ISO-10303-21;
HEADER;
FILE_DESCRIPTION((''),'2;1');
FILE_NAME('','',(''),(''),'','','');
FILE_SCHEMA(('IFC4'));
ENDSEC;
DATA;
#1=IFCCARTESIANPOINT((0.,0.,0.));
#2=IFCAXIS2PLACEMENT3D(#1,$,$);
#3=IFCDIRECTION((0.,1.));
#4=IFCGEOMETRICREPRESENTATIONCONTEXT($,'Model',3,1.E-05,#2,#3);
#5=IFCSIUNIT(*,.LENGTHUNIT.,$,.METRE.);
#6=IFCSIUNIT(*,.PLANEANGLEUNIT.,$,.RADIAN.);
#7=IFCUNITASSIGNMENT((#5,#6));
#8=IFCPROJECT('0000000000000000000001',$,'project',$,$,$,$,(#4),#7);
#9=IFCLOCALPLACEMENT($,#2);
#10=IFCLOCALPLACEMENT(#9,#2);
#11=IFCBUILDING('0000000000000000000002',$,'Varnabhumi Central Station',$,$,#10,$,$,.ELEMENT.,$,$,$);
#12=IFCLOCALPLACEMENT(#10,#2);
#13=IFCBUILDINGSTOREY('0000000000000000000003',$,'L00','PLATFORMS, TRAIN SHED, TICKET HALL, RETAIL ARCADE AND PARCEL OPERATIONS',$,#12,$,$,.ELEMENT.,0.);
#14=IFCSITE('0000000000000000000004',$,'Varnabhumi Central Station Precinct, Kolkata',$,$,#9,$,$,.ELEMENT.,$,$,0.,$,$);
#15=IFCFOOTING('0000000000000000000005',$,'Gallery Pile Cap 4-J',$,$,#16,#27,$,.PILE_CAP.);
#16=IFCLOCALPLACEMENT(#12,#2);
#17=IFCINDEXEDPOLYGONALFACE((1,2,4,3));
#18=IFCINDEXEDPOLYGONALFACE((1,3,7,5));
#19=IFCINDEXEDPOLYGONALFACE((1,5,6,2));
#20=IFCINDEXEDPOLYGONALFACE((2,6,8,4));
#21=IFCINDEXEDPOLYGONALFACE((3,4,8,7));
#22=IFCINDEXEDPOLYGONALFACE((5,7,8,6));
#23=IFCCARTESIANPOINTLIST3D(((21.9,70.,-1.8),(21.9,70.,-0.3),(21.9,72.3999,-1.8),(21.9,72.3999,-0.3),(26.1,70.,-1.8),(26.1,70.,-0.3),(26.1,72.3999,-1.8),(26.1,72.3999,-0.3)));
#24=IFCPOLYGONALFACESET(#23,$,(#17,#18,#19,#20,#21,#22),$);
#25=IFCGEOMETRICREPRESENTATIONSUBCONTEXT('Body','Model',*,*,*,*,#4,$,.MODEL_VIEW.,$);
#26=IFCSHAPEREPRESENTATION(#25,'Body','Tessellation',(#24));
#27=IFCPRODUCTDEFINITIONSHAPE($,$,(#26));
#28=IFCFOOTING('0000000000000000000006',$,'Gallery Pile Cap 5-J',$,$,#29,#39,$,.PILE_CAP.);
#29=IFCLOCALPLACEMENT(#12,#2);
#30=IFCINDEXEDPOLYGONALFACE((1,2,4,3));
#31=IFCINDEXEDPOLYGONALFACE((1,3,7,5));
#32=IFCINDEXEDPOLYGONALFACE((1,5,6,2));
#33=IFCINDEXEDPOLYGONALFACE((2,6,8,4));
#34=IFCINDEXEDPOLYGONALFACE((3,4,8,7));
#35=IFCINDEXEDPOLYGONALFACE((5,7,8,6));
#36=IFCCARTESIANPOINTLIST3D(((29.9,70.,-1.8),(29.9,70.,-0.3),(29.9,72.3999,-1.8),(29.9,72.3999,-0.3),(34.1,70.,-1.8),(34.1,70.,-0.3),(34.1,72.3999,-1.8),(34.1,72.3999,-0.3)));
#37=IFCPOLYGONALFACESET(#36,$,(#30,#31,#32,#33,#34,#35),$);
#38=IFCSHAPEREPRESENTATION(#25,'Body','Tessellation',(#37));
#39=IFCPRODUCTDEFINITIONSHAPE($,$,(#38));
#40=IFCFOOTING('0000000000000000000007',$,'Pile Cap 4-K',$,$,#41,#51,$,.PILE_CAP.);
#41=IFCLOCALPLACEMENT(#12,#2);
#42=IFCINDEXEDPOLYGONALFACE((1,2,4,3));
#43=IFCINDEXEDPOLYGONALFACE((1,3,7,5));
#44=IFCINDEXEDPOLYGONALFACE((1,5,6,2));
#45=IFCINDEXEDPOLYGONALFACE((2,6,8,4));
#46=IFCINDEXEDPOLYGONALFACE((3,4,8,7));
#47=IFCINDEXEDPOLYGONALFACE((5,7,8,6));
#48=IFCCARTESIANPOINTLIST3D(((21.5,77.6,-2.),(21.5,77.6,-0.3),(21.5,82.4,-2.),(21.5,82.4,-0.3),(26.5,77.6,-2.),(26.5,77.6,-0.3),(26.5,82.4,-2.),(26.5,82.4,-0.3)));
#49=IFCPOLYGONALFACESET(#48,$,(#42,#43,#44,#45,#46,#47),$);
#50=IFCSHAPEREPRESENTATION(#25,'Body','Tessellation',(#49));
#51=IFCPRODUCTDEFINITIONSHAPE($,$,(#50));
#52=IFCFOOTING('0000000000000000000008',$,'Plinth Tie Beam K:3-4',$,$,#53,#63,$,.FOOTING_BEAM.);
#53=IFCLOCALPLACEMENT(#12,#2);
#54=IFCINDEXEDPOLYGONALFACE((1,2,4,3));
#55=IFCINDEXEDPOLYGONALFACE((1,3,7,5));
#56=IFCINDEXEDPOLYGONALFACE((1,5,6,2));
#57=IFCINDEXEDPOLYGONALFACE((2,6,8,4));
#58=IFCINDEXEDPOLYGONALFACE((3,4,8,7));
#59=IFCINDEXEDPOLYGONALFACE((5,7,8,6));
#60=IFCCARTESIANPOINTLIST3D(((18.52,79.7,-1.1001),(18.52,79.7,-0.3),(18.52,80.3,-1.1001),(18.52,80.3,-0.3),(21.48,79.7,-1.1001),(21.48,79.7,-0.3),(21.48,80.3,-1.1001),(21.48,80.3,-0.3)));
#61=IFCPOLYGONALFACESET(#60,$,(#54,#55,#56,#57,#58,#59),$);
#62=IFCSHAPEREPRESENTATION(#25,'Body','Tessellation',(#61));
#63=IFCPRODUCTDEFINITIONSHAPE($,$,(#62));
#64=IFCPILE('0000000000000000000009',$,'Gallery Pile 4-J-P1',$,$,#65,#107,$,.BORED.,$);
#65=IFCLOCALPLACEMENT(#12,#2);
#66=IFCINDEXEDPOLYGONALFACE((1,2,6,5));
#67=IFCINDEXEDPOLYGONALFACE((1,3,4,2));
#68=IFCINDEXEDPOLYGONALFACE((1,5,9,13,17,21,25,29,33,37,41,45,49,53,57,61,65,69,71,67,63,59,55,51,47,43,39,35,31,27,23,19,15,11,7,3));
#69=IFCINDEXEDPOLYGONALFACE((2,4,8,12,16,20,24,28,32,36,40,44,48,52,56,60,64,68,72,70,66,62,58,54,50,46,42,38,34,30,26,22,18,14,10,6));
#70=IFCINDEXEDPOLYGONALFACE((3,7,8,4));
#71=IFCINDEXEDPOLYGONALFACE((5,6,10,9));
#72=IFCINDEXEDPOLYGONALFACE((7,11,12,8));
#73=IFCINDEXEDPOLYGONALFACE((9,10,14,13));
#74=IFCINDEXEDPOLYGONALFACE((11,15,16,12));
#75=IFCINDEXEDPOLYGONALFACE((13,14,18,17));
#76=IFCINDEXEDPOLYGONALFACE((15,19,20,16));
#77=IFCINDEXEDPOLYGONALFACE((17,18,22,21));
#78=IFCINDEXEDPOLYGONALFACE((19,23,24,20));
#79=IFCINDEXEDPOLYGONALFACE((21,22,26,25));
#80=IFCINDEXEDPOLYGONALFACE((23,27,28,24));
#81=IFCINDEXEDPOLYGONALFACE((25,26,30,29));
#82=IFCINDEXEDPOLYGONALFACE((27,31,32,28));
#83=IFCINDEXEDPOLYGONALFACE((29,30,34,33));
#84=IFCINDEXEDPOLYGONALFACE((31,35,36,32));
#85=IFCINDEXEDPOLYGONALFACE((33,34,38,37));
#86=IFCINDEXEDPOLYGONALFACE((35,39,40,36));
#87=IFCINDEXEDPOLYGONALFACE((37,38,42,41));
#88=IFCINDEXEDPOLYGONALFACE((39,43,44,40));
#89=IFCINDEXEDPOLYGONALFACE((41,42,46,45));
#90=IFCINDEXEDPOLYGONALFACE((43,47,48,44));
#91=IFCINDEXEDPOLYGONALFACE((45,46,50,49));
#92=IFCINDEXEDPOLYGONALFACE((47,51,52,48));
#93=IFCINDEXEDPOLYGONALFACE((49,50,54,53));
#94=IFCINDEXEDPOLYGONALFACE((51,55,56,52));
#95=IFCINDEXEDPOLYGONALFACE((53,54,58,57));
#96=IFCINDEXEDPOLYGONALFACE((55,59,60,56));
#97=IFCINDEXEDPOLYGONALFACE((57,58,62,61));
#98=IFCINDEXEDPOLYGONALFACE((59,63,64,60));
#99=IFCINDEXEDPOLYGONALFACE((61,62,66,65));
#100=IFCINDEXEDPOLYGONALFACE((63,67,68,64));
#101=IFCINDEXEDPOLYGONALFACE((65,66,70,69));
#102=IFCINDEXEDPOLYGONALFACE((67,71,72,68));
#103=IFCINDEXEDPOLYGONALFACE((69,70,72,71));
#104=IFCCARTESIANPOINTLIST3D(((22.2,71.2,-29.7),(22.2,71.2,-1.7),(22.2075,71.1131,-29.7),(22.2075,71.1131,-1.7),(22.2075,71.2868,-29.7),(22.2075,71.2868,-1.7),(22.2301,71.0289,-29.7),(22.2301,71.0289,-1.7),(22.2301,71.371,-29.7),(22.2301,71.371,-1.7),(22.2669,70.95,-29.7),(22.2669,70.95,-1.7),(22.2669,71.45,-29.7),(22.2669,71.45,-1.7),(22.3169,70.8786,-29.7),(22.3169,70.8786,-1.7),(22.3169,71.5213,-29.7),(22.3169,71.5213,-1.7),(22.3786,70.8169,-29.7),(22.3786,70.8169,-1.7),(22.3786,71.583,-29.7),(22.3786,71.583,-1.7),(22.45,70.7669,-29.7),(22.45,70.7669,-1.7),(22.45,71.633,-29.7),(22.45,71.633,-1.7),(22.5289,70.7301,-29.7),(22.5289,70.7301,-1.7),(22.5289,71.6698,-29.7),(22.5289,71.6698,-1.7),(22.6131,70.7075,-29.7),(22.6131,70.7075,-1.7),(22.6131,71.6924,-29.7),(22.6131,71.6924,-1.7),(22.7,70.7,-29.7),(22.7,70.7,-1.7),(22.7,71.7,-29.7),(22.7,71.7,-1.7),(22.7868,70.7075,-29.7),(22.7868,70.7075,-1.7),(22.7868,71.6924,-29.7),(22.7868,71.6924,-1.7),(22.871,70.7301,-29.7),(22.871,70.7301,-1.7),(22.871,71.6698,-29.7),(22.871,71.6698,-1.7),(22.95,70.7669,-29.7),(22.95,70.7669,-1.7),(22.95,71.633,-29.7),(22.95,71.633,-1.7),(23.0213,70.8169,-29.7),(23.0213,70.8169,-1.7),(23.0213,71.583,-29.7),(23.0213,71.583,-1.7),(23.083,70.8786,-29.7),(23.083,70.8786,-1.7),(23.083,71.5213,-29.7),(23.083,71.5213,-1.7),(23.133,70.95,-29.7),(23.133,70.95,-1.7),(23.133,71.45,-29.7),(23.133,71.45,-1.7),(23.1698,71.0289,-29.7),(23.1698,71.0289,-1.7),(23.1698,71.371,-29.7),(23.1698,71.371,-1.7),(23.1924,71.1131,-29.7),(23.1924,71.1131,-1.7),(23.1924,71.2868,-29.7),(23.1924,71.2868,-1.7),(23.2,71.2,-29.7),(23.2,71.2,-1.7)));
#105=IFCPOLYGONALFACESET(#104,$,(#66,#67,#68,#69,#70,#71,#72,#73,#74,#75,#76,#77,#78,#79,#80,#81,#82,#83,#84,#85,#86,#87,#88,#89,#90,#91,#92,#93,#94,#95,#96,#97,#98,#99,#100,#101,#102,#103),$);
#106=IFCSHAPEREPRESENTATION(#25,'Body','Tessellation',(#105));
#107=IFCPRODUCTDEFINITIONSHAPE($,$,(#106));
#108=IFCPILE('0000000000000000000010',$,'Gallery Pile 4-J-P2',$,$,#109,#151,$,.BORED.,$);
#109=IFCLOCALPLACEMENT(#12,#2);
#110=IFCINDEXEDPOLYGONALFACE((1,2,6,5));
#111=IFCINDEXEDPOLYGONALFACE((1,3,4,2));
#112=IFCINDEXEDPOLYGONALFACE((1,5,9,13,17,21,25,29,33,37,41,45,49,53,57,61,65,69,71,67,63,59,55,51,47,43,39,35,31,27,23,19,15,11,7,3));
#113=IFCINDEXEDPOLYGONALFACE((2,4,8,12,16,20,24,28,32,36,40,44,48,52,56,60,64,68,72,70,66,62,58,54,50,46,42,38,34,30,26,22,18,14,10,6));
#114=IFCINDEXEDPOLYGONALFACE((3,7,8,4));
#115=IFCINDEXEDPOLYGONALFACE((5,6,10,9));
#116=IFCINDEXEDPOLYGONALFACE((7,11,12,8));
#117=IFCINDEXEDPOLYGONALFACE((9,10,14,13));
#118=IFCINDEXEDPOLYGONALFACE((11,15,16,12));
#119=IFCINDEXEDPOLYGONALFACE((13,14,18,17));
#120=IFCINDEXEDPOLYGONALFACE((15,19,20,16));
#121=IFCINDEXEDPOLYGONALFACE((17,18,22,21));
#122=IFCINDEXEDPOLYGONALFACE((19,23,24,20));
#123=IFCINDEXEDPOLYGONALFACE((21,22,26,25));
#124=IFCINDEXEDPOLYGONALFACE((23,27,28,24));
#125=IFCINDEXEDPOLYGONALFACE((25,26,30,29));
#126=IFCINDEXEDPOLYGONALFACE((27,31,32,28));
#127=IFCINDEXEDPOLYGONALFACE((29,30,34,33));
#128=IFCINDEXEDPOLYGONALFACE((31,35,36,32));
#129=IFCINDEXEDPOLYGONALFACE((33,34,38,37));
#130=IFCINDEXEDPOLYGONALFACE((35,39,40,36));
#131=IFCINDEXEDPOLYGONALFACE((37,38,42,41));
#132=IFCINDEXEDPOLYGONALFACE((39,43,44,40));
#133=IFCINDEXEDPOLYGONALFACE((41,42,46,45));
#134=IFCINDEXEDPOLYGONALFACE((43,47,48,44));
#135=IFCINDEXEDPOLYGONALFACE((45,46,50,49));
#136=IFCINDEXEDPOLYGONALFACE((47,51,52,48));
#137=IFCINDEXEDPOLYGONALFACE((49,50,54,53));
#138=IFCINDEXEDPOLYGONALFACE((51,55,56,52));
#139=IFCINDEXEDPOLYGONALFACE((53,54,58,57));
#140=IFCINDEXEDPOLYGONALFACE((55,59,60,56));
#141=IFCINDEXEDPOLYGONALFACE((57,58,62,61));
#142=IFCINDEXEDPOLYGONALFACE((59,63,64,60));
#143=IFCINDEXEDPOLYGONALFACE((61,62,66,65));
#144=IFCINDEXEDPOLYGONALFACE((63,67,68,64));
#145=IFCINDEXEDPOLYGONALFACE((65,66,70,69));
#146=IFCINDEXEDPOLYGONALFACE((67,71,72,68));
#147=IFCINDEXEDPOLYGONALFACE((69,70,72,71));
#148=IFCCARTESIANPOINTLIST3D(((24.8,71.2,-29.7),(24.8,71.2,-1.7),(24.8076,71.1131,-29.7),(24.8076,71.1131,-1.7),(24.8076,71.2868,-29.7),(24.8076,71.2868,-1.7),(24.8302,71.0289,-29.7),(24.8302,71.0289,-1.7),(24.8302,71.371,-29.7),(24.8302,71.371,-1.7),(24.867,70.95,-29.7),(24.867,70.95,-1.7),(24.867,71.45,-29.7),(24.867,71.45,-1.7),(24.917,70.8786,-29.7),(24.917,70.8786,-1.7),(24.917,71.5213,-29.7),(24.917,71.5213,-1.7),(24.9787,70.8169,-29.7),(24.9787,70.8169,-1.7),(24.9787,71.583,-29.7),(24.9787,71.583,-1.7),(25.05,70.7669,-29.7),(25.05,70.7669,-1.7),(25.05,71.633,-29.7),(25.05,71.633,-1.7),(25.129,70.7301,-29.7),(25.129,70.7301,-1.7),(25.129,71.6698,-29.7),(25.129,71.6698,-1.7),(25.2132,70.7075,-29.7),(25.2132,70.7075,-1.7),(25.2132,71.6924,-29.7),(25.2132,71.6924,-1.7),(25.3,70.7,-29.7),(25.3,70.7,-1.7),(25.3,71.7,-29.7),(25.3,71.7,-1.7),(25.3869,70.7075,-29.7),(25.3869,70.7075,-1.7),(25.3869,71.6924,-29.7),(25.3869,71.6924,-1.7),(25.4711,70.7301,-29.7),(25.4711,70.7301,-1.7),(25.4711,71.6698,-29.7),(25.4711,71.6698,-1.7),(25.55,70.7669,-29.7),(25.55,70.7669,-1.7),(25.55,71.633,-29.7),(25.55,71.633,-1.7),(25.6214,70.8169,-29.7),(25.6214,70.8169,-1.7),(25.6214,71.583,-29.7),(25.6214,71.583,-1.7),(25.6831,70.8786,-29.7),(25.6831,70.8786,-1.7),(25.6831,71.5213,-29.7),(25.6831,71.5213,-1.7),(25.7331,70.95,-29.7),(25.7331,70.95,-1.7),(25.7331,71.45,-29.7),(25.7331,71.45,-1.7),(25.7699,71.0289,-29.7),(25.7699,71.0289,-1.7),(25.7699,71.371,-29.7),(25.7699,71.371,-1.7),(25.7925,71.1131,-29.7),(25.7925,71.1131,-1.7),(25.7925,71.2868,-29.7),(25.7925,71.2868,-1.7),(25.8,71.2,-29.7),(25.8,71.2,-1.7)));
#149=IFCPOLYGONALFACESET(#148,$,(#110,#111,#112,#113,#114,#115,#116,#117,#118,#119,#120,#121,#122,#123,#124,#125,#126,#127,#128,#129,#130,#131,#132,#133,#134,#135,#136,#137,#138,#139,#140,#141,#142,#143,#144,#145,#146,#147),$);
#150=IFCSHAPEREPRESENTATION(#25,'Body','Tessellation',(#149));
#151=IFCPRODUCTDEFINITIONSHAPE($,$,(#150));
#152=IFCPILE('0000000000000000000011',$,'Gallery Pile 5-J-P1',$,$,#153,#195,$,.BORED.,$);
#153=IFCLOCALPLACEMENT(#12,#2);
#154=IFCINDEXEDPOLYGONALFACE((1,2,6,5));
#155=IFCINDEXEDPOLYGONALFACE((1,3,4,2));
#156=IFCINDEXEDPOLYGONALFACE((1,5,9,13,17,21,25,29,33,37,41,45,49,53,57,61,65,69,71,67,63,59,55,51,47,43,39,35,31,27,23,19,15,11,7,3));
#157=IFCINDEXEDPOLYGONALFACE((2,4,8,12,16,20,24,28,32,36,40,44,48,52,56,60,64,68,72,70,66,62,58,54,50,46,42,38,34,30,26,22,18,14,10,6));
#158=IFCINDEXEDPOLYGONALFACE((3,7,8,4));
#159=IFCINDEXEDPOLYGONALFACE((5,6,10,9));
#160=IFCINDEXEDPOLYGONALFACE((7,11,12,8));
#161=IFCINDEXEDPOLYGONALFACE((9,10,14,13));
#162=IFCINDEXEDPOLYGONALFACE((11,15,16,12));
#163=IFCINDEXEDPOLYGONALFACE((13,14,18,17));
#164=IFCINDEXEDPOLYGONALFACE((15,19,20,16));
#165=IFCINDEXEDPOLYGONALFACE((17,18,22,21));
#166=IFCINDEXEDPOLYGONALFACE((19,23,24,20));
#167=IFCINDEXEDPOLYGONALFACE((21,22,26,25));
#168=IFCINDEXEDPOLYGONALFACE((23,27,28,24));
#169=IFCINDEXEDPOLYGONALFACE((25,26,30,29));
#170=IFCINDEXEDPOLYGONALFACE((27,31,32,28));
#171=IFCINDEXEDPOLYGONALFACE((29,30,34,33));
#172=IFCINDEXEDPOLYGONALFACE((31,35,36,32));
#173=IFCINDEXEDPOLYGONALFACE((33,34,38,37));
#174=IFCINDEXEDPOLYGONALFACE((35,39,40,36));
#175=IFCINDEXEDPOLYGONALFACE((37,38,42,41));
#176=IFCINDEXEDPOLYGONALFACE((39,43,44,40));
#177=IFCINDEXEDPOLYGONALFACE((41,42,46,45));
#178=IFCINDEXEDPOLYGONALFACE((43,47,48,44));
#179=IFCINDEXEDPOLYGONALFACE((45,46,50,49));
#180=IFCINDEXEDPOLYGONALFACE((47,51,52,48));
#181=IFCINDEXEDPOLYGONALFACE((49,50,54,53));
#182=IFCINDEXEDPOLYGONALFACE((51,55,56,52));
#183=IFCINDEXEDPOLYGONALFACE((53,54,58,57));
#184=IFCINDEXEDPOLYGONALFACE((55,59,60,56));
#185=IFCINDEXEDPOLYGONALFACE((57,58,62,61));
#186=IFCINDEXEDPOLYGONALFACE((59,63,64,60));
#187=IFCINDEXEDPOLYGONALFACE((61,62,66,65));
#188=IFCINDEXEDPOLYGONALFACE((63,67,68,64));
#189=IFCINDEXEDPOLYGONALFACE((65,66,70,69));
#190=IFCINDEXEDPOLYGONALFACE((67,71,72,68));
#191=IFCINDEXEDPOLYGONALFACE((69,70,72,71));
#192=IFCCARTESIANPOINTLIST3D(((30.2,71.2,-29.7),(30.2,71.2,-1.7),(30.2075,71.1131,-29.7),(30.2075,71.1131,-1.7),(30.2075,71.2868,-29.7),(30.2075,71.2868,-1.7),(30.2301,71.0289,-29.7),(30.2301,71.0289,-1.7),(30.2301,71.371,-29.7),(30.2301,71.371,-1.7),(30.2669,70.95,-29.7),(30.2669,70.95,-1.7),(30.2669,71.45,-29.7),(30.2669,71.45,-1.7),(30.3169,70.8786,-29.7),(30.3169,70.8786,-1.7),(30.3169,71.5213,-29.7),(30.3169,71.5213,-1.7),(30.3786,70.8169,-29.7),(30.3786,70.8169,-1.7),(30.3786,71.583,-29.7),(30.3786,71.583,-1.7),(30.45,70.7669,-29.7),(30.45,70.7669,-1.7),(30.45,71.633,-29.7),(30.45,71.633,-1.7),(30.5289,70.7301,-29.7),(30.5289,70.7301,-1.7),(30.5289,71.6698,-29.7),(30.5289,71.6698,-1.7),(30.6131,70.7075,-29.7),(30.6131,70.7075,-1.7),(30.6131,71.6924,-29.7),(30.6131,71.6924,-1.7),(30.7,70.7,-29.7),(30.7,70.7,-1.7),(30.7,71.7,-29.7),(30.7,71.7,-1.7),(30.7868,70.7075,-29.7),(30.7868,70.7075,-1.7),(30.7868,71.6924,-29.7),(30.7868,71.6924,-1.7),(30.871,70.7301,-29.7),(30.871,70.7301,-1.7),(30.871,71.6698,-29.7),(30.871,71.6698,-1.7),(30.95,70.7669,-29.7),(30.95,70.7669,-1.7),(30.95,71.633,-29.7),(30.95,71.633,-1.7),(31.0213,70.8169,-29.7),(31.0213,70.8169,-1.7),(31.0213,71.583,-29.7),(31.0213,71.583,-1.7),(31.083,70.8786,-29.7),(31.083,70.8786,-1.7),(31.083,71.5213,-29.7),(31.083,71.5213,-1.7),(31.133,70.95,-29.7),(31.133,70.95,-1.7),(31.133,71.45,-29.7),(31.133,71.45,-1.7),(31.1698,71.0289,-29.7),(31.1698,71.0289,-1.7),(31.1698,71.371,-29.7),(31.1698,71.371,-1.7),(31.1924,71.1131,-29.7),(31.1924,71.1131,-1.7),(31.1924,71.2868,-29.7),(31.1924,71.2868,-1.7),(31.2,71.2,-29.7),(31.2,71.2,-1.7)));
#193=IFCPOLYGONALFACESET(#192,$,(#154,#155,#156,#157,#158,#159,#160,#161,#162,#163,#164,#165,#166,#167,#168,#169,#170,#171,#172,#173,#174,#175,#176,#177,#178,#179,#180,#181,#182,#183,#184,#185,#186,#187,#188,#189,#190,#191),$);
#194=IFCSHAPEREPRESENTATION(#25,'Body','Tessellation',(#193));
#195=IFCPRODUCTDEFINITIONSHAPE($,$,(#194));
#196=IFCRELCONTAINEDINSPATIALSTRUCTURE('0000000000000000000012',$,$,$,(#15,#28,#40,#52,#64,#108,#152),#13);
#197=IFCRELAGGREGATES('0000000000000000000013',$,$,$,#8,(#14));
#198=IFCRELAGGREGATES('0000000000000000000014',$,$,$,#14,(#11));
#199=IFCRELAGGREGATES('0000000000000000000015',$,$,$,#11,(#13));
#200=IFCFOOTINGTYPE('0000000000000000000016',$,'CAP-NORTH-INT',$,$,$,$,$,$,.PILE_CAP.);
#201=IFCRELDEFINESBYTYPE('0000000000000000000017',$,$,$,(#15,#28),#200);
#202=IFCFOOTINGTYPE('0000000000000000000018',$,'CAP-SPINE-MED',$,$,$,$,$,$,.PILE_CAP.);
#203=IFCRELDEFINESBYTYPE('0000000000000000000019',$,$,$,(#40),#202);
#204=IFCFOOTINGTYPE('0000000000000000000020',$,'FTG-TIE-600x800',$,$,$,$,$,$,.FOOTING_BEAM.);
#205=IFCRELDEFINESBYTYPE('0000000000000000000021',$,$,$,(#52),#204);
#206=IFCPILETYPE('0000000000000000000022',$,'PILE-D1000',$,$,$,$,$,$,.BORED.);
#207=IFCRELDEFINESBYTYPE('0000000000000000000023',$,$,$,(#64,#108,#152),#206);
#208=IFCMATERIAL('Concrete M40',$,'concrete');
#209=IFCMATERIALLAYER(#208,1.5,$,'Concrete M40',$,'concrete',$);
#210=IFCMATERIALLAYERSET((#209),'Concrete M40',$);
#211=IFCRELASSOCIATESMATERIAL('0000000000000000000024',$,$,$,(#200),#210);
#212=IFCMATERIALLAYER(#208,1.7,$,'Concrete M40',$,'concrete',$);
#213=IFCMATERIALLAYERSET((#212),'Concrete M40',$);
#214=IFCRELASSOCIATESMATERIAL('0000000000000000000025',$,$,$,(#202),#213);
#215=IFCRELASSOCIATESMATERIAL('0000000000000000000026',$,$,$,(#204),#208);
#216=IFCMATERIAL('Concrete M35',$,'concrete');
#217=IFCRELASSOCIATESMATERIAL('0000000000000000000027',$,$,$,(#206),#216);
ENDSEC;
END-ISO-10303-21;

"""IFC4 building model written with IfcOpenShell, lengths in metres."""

from ifc_helpers import new_model, si_unit, direction, frame, origin, origin_2d, place, context, subcontext, project, spatial, rectangle, circle, extrude, material, layer, layer_set, material_profile, profile_set, type_object, element, save


model = new_model("IFC4")

# Units and contexts
model_context = context("Model", 3, precision=1e-05, world=origin(), true_north=direction((0.0, 1.0)))
body_context = subcontext(model_context, "Body", "Model", "MODEL_VIEW")
ifc_project = project(units=[si_unit("LENGTHUNIT", "METRE"), si_unit("PLANEANGLEUNIT", "RADIAN")], contexts=[model_context])

# Site, building, storey
site_placement = place(None, origin())
site = spatial("IfcSite", under=ifc_project, at=site_placement, Name="Varnabhumi Central Station Precinct, Kolkata", CompositionType="ELEMENT", RefElevation=0.0)
building_placement = place(site_placement, origin())
building = spatial("IfcBuilding", under=site, at=building_placement, Name="Varnabhumi Central Station", CompositionType="ELEMENT")
storey_placement = place(building_placement, origin())
storey = spatial("IfcBuildingStorey", under=building, at=storey_placement, Name="L00", Description="PLATFORMS, TRAIN SHED, TICKET HALL, RETAIL ARCADE AND PARCEL OPERATIONS", CompositionType="ELEMENT", Elevation=0.0)

# Footings
ifc_material_1 = material(Name="Concrete M40", Category="concrete")
ifc_layer_1 = layer(ifc_material_1, 1.5, Name="Concrete M40", Category="concrete")
ifc_layer_set_1 = layer_set([ifc_layer_1], Name="Concrete M40")
footing_type_1 = type_object("IfcFootingType", Name="CAP-NORTH-INT", PredefinedType="PILE_CAP", material=ifc_layer_set_1)
for number, where, z_axis, x_axis, name in (
    (1, (24.0, 71.2, -1.8), (0.0, 0.0, 1.0), (1.0, 0.0, 0.0), "Gallery Pile Cap 4-J"),
    (2, (32.0, 71.2, -1.8), (0.0, 0.0, 1.0), (1.0, 0.0, 0.0), "Gallery Pile Cap 5-J"),
):
    element("IfcFooting", number, at=place(storey_placement, frame(where, z_axis=z_axis, x_axis=x_axis)), inside=storey, type_object=footing_type_1, Name=name, PredefinedType="PILE_CAP", context=body_context, shape_type="SweptSolid", body=[
        extrude(rectangle(XDim=4.2, YDim=2.3999, at=origin_2d()), origin(), (0.0, 0.0, 1.0), 1.5),
    ])
ifc_layer_2 = layer(ifc_material_1, 1.7, Name="Concrete M40", Category="concrete")
ifc_layer_set_2 = layer_set([ifc_layer_2], Name="Concrete M40")
footing_type_2 = type_object("IfcFootingType", Name="CAP-SPINE-MED", PredefinedType="PILE_CAP", material=ifc_layer_set_2)
footing_1_placement = place(storey_placement, frame((24.0, 80.0, -2.0), z_axis=(0.0, 0.0, 1.0), x_axis=(1.0, 0.0, 0.0)))
element("IfcFooting", 3, at=footing_1_placement, inside=storey, type_object=footing_type_2, Name="Pile Cap 4-K", PredefinedType="PILE_CAP", context=body_context, shape_type="SweptSolid", body=[
    extrude(rectangle(XDim=5.0, YDim=4.8, at=origin_2d()), origin(), (0.0, 0.0, 1.0), 1.7),
])
footing_type_3 = type_object("IfcFootingType", Name="FTG-TIE-600x800", PredefinedType="FOOTING_BEAM", material=ifc_material_1)
footing_2_placement = place(storey_placement, frame((20.0, 80.0, -1.1001), z_axis=(0.0, 0.0, 1.0), x_axis=(1.0, 0.0, 0.0)))
element("IfcFooting", 4, at=footing_2_placement, inside=storey, type_object=footing_type_3, Name="Plinth Tie Beam K:3-4", PredefinedType="FOOTING_BEAM", context=body_context, shape_type="SweptSolid", body=[
    extrude(rectangle(XDim=2.96, YDim=0.6001, at=origin_2d()), origin(), (0.0, 0.0, 1.0), 0.8),
])

# Piles
ifc_material_2 = material(Name="Concrete M35", Category="concrete")
ifc_material_profile_1 = material_profile(ifc_material_2, circle(Radius=0.5, at=origin_2d()), Name="Concrete M35", Category="concrete")
ifc_profile_set_1 = profile_set([ifc_material_profile_1], Name="Concrete M35")
pile_type_1 = type_object("IfcPileType", Name="PILE-D1000", PredefinedType="BORED", material=ifc_profile_set_1)
for number, where, z_axis, x_axis, name in (
    (5, (22.7, 71.2, -1.7), (0.0, 0.0, -1.0), (1.0, 0.0, 0.0), "Gallery Pile 4-J-P1"),
    (6, (25.3, 71.2, -1.7), (0.0, 0.0, -1.0), (1.0, 0.0, 0.0), "Gallery Pile 4-J-P2"),
    (7, (30.7, 71.2, -1.7), (0.0, 0.0, -1.0), (1.0, 0.0, 0.0), "Gallery Pile 5-J-P1"),
):
    element("IfcPile", number, at=place(storey_placement, frame(where, z_axis=z_axis, x_axis=x_axis)), inside=storey, type_object=pile_type_1, Name=name, PredefinedType="BORED", context=body_context, shape_type="SweptSolid", body=[
        extrude(circle(Radius=0.5, at=origin_2d()), origin(), (0.0, 0.0, 1.0), 28.0),
    ])

save(model, "model.ifc")
